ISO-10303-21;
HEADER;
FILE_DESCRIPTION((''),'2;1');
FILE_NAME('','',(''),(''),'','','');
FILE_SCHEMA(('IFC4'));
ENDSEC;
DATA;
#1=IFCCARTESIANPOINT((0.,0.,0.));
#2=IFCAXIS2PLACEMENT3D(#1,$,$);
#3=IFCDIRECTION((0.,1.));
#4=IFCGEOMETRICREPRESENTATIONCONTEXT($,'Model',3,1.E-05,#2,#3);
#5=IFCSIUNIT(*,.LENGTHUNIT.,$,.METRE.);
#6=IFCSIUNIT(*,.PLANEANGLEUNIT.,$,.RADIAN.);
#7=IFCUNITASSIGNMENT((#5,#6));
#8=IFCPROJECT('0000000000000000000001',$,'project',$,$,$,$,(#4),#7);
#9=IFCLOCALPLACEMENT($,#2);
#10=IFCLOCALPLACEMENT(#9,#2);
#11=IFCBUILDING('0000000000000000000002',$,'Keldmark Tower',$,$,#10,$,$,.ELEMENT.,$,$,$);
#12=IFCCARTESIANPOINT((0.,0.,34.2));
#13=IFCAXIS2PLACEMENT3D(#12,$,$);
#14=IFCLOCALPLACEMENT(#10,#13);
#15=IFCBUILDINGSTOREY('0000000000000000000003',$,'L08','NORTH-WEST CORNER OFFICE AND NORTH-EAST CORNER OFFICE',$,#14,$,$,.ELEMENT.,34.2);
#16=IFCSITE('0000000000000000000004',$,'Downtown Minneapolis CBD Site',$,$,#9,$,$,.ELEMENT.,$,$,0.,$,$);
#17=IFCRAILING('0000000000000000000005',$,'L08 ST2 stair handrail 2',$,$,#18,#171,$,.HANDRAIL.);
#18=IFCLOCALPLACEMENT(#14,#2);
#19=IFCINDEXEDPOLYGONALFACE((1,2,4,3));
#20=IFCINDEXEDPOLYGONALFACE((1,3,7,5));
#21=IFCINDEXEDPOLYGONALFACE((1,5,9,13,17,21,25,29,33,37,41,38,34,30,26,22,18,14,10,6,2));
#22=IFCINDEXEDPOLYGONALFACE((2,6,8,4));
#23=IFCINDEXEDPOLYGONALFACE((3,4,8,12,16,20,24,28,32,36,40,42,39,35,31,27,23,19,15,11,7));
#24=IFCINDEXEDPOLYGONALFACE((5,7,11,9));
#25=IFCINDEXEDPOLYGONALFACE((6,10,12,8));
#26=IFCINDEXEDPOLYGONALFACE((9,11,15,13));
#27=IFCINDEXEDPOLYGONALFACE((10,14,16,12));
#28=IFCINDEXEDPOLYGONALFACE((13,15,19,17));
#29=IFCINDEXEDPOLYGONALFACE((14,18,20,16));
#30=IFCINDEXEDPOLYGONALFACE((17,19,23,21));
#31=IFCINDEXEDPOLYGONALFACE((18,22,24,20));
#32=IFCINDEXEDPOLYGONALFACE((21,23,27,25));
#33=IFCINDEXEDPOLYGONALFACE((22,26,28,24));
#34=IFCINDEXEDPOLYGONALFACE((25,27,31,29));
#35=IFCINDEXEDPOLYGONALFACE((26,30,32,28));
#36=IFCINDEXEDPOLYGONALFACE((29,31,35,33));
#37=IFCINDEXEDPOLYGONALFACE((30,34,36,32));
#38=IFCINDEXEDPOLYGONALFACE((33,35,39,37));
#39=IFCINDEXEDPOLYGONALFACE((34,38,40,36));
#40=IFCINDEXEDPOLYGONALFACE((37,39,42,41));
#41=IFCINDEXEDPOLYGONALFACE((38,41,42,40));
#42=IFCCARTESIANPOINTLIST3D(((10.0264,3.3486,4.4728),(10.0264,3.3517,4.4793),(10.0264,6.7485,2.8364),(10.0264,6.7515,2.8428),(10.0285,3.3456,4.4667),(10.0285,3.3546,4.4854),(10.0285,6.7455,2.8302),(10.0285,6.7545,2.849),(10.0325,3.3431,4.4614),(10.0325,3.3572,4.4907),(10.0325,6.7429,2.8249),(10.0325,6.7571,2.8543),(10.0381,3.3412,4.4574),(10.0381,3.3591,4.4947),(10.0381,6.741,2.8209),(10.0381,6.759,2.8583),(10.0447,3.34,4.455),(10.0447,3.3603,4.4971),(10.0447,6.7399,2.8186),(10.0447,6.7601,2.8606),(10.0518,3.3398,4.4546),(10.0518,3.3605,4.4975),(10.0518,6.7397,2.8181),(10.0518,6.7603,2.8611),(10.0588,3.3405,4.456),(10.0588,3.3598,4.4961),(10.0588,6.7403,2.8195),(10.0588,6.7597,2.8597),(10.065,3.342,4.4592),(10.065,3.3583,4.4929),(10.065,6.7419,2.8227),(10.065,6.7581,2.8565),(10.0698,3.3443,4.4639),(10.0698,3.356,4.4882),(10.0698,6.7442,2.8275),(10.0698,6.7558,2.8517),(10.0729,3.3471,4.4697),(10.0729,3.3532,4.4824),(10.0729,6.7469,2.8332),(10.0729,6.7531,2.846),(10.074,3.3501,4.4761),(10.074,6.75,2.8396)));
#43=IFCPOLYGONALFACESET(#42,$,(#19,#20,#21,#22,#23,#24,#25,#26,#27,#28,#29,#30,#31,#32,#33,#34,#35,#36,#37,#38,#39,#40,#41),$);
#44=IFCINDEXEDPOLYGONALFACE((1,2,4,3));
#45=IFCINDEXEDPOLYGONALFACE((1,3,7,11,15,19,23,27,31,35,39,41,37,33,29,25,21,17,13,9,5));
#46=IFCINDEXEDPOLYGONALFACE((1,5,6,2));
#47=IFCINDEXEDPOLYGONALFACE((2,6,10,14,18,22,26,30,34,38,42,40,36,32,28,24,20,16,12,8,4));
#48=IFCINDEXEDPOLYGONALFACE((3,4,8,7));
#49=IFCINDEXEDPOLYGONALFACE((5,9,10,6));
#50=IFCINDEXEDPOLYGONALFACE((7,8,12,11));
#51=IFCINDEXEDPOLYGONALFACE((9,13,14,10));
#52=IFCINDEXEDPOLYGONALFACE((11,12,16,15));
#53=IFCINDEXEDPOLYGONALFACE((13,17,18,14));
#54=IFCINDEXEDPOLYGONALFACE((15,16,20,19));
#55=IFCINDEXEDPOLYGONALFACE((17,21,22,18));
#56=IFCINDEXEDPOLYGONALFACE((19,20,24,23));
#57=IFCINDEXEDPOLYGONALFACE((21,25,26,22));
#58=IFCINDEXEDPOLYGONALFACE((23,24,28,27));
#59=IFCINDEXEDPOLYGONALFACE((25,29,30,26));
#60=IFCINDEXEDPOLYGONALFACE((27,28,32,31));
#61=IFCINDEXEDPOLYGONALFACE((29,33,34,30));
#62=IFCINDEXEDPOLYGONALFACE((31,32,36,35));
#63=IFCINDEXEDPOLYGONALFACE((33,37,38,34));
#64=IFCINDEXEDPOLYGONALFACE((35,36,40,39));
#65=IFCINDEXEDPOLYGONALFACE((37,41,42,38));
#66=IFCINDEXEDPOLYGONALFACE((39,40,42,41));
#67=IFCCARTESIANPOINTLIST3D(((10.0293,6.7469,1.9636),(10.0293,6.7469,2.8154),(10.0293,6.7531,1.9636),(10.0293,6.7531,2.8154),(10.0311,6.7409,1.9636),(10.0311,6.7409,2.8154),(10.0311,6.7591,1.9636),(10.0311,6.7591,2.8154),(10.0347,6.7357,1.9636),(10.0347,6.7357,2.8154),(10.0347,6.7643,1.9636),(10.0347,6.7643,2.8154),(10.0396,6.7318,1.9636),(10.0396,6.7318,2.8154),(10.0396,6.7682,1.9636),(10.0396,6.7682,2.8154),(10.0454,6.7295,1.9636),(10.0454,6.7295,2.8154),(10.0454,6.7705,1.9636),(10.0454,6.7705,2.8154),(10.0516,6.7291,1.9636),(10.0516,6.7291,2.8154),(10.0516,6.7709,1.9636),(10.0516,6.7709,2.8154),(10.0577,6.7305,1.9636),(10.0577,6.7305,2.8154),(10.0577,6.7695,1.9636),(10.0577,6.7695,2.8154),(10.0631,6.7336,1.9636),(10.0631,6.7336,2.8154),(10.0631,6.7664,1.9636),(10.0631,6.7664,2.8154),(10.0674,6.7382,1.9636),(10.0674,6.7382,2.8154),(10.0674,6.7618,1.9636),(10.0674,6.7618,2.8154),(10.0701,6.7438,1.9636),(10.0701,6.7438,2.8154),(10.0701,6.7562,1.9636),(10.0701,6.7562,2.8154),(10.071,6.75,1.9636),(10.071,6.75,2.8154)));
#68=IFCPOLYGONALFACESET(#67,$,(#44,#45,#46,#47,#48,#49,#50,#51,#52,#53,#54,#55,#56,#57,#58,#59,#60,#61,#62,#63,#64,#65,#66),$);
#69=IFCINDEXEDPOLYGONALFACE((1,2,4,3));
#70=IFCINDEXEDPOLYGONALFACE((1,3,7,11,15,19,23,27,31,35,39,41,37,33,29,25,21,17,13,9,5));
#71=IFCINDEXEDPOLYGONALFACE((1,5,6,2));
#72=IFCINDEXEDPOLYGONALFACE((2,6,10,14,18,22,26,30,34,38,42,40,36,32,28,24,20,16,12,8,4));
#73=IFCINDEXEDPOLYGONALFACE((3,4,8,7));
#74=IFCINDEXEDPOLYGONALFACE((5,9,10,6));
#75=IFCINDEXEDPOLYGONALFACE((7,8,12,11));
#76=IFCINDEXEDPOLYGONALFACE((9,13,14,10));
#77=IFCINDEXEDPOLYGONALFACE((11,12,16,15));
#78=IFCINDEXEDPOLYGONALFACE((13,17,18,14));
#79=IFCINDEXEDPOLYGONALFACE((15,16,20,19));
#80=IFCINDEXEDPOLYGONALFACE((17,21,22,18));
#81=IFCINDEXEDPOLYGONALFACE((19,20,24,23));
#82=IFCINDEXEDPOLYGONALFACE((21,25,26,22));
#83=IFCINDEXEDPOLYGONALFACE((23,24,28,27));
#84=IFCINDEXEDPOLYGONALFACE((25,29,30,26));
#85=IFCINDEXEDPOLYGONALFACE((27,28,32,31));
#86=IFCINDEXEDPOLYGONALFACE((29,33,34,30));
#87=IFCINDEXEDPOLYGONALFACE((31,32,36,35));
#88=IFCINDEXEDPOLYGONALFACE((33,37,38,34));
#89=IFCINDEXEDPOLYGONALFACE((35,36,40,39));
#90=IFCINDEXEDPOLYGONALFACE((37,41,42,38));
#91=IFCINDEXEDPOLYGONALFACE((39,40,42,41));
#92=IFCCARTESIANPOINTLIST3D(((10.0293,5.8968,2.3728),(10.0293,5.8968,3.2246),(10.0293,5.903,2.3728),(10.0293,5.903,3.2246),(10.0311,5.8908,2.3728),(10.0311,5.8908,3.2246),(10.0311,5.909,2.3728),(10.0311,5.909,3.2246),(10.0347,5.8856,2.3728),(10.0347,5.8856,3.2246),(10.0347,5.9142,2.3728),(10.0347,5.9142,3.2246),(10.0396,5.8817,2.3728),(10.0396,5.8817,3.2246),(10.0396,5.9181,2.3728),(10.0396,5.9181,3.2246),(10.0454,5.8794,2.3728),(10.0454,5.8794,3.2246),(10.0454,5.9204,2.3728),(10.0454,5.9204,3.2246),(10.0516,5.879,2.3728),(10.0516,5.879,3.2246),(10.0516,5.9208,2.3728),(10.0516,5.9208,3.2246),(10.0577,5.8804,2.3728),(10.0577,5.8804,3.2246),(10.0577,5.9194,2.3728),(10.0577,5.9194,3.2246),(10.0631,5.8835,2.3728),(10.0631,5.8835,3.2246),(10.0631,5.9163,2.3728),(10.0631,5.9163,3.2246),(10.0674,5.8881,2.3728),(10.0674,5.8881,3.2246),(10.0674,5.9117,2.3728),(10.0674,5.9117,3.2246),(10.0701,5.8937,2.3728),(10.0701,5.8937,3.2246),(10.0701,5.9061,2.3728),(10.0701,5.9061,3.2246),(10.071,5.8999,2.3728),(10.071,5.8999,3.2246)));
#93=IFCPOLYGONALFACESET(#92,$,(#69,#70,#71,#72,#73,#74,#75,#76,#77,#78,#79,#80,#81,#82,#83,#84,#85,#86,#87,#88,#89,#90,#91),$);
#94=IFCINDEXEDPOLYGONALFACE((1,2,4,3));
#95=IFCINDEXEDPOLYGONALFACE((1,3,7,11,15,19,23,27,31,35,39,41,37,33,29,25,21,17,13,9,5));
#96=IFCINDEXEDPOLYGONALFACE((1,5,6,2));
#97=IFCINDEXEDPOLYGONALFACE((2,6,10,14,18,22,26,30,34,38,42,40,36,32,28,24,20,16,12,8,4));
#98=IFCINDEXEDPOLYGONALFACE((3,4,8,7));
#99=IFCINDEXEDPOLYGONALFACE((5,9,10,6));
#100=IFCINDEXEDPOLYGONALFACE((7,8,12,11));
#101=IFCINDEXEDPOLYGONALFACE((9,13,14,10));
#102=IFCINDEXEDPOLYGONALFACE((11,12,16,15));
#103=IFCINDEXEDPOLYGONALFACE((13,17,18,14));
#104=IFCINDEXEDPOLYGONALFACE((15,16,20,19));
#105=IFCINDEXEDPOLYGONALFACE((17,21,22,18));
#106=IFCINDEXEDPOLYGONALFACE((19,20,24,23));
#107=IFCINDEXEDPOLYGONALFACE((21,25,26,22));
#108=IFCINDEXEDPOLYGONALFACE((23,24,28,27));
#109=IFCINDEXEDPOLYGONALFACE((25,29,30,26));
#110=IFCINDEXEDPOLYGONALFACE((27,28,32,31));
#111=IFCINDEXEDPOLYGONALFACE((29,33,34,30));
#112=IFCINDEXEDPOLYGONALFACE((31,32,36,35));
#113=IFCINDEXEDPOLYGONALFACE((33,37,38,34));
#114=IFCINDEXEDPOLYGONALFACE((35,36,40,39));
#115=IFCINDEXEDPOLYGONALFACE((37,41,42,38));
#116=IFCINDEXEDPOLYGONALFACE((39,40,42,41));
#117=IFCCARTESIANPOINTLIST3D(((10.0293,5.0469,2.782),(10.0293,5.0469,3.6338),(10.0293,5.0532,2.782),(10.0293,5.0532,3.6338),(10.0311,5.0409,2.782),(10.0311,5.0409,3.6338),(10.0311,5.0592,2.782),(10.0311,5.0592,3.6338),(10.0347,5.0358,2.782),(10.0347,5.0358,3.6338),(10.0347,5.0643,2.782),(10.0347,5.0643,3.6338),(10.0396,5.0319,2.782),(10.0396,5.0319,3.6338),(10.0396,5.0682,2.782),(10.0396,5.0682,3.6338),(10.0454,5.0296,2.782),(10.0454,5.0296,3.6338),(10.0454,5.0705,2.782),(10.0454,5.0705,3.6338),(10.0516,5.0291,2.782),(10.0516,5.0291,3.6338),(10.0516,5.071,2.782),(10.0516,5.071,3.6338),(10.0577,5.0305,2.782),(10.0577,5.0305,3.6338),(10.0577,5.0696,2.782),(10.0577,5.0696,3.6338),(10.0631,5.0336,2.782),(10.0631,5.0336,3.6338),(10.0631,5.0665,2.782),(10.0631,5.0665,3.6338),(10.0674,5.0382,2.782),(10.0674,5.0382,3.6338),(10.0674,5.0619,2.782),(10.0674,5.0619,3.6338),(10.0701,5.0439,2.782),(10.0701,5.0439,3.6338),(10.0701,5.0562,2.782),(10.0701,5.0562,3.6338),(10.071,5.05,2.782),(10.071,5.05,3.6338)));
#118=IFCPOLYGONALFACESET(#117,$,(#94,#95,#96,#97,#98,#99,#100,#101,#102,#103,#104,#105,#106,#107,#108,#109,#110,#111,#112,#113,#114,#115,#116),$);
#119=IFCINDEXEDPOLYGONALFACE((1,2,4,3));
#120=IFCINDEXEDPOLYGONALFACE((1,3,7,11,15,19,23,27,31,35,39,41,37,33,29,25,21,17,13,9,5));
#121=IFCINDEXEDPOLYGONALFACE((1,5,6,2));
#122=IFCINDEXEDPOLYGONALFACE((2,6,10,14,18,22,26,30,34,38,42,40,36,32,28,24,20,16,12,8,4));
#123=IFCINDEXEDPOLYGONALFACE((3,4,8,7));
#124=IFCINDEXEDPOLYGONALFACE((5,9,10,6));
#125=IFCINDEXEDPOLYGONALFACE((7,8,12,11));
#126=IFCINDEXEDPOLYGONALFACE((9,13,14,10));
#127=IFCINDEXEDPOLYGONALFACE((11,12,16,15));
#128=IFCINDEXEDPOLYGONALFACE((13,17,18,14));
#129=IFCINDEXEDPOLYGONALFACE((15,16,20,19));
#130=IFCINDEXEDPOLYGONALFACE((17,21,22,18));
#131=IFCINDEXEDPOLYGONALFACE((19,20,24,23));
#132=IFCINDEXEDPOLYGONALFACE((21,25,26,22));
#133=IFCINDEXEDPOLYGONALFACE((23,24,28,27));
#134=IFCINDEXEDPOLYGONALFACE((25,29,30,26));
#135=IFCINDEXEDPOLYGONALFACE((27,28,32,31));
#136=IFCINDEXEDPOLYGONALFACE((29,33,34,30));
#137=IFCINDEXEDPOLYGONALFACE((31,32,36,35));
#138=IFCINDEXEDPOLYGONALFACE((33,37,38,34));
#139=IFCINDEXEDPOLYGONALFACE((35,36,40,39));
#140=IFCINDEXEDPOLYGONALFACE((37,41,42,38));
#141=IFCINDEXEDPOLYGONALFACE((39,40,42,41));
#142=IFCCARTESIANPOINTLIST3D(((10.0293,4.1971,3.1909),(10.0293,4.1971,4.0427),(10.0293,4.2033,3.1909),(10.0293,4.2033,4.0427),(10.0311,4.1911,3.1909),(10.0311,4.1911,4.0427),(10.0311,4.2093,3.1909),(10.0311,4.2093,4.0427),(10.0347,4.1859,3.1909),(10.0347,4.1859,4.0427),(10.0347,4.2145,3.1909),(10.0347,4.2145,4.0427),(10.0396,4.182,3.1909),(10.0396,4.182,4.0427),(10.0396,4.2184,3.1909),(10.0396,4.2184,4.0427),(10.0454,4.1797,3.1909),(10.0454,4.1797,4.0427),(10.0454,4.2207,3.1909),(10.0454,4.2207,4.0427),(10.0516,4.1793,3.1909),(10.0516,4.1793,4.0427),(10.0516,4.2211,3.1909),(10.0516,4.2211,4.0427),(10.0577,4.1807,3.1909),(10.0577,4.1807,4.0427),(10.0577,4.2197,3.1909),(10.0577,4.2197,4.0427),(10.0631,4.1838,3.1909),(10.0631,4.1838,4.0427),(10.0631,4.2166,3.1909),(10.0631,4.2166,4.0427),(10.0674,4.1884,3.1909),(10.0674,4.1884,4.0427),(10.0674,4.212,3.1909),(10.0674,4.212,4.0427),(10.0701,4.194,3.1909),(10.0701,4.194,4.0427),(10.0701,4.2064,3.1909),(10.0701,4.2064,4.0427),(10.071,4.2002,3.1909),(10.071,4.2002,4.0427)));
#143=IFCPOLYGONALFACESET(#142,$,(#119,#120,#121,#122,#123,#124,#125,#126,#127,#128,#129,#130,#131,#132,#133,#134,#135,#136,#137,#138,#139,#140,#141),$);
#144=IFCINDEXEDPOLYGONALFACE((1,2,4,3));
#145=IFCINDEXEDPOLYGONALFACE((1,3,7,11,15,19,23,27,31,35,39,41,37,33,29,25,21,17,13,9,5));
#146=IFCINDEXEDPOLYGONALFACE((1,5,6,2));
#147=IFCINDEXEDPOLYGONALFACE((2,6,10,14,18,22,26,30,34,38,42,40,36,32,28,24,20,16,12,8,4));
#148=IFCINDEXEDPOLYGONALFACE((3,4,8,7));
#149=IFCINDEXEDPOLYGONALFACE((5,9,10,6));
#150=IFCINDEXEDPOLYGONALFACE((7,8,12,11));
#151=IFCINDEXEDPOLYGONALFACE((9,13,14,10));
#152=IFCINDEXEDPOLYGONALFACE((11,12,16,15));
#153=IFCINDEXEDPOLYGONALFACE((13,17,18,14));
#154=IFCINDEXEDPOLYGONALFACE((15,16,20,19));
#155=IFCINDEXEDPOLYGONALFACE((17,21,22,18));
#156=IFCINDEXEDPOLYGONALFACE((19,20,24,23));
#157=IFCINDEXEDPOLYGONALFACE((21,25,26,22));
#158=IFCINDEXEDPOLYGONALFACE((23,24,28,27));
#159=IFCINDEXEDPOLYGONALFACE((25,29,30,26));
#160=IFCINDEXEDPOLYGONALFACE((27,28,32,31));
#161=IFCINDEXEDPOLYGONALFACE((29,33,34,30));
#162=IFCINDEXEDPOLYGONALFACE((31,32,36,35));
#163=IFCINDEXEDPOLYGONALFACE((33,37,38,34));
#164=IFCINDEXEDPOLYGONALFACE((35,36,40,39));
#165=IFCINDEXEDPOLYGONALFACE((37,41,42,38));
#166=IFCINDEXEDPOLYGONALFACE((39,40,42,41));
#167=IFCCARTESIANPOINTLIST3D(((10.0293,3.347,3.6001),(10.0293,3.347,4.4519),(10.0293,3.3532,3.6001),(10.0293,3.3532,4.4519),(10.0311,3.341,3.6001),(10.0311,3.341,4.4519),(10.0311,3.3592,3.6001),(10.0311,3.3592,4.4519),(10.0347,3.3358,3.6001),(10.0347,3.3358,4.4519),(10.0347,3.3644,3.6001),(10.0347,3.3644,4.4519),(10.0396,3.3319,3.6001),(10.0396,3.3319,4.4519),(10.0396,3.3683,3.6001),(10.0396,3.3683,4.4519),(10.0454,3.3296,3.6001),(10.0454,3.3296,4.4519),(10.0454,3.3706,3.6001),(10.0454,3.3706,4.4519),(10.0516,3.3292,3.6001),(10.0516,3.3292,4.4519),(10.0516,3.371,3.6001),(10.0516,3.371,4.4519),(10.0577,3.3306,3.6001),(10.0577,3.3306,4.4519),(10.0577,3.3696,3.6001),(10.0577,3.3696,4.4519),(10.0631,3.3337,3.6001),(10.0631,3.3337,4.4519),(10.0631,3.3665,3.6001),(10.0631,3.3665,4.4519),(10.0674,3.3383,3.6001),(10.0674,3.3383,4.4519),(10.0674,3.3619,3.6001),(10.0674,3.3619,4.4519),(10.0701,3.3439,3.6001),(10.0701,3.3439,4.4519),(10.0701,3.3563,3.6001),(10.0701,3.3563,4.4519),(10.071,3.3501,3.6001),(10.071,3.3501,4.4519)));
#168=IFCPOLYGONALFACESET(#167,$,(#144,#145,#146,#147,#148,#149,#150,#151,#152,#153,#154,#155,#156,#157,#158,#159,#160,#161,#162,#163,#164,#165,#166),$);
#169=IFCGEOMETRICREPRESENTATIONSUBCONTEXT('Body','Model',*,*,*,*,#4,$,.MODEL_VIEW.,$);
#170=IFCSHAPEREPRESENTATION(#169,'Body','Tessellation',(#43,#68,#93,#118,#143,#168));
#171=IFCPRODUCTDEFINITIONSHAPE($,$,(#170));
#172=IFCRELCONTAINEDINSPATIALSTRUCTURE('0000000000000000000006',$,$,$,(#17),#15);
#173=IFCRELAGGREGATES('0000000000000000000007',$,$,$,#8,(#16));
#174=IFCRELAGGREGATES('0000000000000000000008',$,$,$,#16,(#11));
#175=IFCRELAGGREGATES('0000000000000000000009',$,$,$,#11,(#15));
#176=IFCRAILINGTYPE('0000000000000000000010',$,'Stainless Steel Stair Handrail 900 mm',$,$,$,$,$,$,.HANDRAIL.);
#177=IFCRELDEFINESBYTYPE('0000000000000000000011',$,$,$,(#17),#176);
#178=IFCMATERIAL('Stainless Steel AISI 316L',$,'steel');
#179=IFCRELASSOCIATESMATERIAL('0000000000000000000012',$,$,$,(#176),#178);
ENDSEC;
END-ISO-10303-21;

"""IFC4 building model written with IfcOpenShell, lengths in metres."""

from ifc_helpers import new_model, si_unit, direction, frame, origin, origin_2d, place, context, subcontext, project, spatial, circle, extrude, material, type_object, element, save


model = new_model("IFC4")

# Units and contexts
model_context = context("Model", 3, precision=1e-05, world=origin(), true_north=direction((0.0, 1.0)))
body_context = subcontext(model_context, "Body", "Model", "MODEL_VIEW")
ifc_project = project(units=[si_unit("LENGTHUNIT", "METRE"), si_unit("PLANEANGLEUNIT", "RADIAN")], contexts=[model_context])

# Site, building, storey
site_placement = place(None, origin())
site = spatial("IfcSite", under=ifc_project, at=site_placement, Name="Downtown Minneapolis CBD Site", CompositionType="ELEMENT", RefElevation=0.0)
building_placement = place(site_placement, origin())
building = spatial("IfcBuilding", under=site, at=building_placement, Name="Keldmark Tower", CompositionType="ELEMENT")
storey_placement = place(building_placement, frame((0.0, 0.0, 34.2)))
storey = spatial("IfcBuildingStorey", under=building, at=storey_placement, Name="L08", Description="NORTH-WEST CORNER OFFICE AND NORTH-EAST CORNER OFFICE", CompositionType="ELEMENT", Elevation=34.2)

# Railing
ifc_material_1 = material(Name="Stainless Steel AISI 316L", Category="steel")
railing_type_1 = type_object("IfcRailingType", Name="Stainless Steel Stair Handrail 900 mm", PredefinedType="HANDRAIL", material=ifc_material_1)
railing_1_placement = place(storey_placement, frame((10.05, 6.75, 1.9636)))
element("IfcRailing", 1, at=railing_1_placement, inside=storey, type_object=railing_type_1, Name="L08 ST2 stair handrail 2", PredefinedType="HANDRAIL", context=body_context, shape_type="SweptSolid", body=[
    extrude(circle(Radius=0.0239, at=origin_2d()), frame((0.0, 0.0, 0.876), z_axis=(0.0, -0.901055, 0.433705), x_axis=(1.0, 0.0, 0.0)), (0.0, 0.0, 1.0), 3.7732),
    extrude(circle(Radius=0.021, at=origin_2d()), origin(), (0.0, 0.0, 1.0), 0.8518),
    extrude(circle(Radius=0.021, at=origin_2d()), frame((0.0, -0.8501, 0.4092)), (0.0, 0.0, 1.0), 0.8518),
    extrude(circle(Radius=0.021, at=origin_2d()), frame((0.0, -1.7, 0.8184)), (0.0, 0.0, 1.0), 0.8518),
    extrude(circle(Radius=0.021, at=origin_2d()), frame((0.0, -2.5498, 1.2273)), (0.0, 0.0, 1.0), 0.8518),
    extrude(circle(Radius=0.021, at=origin_2d()), frame((0.0, -3.3999, 1.6365)), (0.0, 0.0, 1.0), 0.8518),
])

save(model, "model.ifc")
